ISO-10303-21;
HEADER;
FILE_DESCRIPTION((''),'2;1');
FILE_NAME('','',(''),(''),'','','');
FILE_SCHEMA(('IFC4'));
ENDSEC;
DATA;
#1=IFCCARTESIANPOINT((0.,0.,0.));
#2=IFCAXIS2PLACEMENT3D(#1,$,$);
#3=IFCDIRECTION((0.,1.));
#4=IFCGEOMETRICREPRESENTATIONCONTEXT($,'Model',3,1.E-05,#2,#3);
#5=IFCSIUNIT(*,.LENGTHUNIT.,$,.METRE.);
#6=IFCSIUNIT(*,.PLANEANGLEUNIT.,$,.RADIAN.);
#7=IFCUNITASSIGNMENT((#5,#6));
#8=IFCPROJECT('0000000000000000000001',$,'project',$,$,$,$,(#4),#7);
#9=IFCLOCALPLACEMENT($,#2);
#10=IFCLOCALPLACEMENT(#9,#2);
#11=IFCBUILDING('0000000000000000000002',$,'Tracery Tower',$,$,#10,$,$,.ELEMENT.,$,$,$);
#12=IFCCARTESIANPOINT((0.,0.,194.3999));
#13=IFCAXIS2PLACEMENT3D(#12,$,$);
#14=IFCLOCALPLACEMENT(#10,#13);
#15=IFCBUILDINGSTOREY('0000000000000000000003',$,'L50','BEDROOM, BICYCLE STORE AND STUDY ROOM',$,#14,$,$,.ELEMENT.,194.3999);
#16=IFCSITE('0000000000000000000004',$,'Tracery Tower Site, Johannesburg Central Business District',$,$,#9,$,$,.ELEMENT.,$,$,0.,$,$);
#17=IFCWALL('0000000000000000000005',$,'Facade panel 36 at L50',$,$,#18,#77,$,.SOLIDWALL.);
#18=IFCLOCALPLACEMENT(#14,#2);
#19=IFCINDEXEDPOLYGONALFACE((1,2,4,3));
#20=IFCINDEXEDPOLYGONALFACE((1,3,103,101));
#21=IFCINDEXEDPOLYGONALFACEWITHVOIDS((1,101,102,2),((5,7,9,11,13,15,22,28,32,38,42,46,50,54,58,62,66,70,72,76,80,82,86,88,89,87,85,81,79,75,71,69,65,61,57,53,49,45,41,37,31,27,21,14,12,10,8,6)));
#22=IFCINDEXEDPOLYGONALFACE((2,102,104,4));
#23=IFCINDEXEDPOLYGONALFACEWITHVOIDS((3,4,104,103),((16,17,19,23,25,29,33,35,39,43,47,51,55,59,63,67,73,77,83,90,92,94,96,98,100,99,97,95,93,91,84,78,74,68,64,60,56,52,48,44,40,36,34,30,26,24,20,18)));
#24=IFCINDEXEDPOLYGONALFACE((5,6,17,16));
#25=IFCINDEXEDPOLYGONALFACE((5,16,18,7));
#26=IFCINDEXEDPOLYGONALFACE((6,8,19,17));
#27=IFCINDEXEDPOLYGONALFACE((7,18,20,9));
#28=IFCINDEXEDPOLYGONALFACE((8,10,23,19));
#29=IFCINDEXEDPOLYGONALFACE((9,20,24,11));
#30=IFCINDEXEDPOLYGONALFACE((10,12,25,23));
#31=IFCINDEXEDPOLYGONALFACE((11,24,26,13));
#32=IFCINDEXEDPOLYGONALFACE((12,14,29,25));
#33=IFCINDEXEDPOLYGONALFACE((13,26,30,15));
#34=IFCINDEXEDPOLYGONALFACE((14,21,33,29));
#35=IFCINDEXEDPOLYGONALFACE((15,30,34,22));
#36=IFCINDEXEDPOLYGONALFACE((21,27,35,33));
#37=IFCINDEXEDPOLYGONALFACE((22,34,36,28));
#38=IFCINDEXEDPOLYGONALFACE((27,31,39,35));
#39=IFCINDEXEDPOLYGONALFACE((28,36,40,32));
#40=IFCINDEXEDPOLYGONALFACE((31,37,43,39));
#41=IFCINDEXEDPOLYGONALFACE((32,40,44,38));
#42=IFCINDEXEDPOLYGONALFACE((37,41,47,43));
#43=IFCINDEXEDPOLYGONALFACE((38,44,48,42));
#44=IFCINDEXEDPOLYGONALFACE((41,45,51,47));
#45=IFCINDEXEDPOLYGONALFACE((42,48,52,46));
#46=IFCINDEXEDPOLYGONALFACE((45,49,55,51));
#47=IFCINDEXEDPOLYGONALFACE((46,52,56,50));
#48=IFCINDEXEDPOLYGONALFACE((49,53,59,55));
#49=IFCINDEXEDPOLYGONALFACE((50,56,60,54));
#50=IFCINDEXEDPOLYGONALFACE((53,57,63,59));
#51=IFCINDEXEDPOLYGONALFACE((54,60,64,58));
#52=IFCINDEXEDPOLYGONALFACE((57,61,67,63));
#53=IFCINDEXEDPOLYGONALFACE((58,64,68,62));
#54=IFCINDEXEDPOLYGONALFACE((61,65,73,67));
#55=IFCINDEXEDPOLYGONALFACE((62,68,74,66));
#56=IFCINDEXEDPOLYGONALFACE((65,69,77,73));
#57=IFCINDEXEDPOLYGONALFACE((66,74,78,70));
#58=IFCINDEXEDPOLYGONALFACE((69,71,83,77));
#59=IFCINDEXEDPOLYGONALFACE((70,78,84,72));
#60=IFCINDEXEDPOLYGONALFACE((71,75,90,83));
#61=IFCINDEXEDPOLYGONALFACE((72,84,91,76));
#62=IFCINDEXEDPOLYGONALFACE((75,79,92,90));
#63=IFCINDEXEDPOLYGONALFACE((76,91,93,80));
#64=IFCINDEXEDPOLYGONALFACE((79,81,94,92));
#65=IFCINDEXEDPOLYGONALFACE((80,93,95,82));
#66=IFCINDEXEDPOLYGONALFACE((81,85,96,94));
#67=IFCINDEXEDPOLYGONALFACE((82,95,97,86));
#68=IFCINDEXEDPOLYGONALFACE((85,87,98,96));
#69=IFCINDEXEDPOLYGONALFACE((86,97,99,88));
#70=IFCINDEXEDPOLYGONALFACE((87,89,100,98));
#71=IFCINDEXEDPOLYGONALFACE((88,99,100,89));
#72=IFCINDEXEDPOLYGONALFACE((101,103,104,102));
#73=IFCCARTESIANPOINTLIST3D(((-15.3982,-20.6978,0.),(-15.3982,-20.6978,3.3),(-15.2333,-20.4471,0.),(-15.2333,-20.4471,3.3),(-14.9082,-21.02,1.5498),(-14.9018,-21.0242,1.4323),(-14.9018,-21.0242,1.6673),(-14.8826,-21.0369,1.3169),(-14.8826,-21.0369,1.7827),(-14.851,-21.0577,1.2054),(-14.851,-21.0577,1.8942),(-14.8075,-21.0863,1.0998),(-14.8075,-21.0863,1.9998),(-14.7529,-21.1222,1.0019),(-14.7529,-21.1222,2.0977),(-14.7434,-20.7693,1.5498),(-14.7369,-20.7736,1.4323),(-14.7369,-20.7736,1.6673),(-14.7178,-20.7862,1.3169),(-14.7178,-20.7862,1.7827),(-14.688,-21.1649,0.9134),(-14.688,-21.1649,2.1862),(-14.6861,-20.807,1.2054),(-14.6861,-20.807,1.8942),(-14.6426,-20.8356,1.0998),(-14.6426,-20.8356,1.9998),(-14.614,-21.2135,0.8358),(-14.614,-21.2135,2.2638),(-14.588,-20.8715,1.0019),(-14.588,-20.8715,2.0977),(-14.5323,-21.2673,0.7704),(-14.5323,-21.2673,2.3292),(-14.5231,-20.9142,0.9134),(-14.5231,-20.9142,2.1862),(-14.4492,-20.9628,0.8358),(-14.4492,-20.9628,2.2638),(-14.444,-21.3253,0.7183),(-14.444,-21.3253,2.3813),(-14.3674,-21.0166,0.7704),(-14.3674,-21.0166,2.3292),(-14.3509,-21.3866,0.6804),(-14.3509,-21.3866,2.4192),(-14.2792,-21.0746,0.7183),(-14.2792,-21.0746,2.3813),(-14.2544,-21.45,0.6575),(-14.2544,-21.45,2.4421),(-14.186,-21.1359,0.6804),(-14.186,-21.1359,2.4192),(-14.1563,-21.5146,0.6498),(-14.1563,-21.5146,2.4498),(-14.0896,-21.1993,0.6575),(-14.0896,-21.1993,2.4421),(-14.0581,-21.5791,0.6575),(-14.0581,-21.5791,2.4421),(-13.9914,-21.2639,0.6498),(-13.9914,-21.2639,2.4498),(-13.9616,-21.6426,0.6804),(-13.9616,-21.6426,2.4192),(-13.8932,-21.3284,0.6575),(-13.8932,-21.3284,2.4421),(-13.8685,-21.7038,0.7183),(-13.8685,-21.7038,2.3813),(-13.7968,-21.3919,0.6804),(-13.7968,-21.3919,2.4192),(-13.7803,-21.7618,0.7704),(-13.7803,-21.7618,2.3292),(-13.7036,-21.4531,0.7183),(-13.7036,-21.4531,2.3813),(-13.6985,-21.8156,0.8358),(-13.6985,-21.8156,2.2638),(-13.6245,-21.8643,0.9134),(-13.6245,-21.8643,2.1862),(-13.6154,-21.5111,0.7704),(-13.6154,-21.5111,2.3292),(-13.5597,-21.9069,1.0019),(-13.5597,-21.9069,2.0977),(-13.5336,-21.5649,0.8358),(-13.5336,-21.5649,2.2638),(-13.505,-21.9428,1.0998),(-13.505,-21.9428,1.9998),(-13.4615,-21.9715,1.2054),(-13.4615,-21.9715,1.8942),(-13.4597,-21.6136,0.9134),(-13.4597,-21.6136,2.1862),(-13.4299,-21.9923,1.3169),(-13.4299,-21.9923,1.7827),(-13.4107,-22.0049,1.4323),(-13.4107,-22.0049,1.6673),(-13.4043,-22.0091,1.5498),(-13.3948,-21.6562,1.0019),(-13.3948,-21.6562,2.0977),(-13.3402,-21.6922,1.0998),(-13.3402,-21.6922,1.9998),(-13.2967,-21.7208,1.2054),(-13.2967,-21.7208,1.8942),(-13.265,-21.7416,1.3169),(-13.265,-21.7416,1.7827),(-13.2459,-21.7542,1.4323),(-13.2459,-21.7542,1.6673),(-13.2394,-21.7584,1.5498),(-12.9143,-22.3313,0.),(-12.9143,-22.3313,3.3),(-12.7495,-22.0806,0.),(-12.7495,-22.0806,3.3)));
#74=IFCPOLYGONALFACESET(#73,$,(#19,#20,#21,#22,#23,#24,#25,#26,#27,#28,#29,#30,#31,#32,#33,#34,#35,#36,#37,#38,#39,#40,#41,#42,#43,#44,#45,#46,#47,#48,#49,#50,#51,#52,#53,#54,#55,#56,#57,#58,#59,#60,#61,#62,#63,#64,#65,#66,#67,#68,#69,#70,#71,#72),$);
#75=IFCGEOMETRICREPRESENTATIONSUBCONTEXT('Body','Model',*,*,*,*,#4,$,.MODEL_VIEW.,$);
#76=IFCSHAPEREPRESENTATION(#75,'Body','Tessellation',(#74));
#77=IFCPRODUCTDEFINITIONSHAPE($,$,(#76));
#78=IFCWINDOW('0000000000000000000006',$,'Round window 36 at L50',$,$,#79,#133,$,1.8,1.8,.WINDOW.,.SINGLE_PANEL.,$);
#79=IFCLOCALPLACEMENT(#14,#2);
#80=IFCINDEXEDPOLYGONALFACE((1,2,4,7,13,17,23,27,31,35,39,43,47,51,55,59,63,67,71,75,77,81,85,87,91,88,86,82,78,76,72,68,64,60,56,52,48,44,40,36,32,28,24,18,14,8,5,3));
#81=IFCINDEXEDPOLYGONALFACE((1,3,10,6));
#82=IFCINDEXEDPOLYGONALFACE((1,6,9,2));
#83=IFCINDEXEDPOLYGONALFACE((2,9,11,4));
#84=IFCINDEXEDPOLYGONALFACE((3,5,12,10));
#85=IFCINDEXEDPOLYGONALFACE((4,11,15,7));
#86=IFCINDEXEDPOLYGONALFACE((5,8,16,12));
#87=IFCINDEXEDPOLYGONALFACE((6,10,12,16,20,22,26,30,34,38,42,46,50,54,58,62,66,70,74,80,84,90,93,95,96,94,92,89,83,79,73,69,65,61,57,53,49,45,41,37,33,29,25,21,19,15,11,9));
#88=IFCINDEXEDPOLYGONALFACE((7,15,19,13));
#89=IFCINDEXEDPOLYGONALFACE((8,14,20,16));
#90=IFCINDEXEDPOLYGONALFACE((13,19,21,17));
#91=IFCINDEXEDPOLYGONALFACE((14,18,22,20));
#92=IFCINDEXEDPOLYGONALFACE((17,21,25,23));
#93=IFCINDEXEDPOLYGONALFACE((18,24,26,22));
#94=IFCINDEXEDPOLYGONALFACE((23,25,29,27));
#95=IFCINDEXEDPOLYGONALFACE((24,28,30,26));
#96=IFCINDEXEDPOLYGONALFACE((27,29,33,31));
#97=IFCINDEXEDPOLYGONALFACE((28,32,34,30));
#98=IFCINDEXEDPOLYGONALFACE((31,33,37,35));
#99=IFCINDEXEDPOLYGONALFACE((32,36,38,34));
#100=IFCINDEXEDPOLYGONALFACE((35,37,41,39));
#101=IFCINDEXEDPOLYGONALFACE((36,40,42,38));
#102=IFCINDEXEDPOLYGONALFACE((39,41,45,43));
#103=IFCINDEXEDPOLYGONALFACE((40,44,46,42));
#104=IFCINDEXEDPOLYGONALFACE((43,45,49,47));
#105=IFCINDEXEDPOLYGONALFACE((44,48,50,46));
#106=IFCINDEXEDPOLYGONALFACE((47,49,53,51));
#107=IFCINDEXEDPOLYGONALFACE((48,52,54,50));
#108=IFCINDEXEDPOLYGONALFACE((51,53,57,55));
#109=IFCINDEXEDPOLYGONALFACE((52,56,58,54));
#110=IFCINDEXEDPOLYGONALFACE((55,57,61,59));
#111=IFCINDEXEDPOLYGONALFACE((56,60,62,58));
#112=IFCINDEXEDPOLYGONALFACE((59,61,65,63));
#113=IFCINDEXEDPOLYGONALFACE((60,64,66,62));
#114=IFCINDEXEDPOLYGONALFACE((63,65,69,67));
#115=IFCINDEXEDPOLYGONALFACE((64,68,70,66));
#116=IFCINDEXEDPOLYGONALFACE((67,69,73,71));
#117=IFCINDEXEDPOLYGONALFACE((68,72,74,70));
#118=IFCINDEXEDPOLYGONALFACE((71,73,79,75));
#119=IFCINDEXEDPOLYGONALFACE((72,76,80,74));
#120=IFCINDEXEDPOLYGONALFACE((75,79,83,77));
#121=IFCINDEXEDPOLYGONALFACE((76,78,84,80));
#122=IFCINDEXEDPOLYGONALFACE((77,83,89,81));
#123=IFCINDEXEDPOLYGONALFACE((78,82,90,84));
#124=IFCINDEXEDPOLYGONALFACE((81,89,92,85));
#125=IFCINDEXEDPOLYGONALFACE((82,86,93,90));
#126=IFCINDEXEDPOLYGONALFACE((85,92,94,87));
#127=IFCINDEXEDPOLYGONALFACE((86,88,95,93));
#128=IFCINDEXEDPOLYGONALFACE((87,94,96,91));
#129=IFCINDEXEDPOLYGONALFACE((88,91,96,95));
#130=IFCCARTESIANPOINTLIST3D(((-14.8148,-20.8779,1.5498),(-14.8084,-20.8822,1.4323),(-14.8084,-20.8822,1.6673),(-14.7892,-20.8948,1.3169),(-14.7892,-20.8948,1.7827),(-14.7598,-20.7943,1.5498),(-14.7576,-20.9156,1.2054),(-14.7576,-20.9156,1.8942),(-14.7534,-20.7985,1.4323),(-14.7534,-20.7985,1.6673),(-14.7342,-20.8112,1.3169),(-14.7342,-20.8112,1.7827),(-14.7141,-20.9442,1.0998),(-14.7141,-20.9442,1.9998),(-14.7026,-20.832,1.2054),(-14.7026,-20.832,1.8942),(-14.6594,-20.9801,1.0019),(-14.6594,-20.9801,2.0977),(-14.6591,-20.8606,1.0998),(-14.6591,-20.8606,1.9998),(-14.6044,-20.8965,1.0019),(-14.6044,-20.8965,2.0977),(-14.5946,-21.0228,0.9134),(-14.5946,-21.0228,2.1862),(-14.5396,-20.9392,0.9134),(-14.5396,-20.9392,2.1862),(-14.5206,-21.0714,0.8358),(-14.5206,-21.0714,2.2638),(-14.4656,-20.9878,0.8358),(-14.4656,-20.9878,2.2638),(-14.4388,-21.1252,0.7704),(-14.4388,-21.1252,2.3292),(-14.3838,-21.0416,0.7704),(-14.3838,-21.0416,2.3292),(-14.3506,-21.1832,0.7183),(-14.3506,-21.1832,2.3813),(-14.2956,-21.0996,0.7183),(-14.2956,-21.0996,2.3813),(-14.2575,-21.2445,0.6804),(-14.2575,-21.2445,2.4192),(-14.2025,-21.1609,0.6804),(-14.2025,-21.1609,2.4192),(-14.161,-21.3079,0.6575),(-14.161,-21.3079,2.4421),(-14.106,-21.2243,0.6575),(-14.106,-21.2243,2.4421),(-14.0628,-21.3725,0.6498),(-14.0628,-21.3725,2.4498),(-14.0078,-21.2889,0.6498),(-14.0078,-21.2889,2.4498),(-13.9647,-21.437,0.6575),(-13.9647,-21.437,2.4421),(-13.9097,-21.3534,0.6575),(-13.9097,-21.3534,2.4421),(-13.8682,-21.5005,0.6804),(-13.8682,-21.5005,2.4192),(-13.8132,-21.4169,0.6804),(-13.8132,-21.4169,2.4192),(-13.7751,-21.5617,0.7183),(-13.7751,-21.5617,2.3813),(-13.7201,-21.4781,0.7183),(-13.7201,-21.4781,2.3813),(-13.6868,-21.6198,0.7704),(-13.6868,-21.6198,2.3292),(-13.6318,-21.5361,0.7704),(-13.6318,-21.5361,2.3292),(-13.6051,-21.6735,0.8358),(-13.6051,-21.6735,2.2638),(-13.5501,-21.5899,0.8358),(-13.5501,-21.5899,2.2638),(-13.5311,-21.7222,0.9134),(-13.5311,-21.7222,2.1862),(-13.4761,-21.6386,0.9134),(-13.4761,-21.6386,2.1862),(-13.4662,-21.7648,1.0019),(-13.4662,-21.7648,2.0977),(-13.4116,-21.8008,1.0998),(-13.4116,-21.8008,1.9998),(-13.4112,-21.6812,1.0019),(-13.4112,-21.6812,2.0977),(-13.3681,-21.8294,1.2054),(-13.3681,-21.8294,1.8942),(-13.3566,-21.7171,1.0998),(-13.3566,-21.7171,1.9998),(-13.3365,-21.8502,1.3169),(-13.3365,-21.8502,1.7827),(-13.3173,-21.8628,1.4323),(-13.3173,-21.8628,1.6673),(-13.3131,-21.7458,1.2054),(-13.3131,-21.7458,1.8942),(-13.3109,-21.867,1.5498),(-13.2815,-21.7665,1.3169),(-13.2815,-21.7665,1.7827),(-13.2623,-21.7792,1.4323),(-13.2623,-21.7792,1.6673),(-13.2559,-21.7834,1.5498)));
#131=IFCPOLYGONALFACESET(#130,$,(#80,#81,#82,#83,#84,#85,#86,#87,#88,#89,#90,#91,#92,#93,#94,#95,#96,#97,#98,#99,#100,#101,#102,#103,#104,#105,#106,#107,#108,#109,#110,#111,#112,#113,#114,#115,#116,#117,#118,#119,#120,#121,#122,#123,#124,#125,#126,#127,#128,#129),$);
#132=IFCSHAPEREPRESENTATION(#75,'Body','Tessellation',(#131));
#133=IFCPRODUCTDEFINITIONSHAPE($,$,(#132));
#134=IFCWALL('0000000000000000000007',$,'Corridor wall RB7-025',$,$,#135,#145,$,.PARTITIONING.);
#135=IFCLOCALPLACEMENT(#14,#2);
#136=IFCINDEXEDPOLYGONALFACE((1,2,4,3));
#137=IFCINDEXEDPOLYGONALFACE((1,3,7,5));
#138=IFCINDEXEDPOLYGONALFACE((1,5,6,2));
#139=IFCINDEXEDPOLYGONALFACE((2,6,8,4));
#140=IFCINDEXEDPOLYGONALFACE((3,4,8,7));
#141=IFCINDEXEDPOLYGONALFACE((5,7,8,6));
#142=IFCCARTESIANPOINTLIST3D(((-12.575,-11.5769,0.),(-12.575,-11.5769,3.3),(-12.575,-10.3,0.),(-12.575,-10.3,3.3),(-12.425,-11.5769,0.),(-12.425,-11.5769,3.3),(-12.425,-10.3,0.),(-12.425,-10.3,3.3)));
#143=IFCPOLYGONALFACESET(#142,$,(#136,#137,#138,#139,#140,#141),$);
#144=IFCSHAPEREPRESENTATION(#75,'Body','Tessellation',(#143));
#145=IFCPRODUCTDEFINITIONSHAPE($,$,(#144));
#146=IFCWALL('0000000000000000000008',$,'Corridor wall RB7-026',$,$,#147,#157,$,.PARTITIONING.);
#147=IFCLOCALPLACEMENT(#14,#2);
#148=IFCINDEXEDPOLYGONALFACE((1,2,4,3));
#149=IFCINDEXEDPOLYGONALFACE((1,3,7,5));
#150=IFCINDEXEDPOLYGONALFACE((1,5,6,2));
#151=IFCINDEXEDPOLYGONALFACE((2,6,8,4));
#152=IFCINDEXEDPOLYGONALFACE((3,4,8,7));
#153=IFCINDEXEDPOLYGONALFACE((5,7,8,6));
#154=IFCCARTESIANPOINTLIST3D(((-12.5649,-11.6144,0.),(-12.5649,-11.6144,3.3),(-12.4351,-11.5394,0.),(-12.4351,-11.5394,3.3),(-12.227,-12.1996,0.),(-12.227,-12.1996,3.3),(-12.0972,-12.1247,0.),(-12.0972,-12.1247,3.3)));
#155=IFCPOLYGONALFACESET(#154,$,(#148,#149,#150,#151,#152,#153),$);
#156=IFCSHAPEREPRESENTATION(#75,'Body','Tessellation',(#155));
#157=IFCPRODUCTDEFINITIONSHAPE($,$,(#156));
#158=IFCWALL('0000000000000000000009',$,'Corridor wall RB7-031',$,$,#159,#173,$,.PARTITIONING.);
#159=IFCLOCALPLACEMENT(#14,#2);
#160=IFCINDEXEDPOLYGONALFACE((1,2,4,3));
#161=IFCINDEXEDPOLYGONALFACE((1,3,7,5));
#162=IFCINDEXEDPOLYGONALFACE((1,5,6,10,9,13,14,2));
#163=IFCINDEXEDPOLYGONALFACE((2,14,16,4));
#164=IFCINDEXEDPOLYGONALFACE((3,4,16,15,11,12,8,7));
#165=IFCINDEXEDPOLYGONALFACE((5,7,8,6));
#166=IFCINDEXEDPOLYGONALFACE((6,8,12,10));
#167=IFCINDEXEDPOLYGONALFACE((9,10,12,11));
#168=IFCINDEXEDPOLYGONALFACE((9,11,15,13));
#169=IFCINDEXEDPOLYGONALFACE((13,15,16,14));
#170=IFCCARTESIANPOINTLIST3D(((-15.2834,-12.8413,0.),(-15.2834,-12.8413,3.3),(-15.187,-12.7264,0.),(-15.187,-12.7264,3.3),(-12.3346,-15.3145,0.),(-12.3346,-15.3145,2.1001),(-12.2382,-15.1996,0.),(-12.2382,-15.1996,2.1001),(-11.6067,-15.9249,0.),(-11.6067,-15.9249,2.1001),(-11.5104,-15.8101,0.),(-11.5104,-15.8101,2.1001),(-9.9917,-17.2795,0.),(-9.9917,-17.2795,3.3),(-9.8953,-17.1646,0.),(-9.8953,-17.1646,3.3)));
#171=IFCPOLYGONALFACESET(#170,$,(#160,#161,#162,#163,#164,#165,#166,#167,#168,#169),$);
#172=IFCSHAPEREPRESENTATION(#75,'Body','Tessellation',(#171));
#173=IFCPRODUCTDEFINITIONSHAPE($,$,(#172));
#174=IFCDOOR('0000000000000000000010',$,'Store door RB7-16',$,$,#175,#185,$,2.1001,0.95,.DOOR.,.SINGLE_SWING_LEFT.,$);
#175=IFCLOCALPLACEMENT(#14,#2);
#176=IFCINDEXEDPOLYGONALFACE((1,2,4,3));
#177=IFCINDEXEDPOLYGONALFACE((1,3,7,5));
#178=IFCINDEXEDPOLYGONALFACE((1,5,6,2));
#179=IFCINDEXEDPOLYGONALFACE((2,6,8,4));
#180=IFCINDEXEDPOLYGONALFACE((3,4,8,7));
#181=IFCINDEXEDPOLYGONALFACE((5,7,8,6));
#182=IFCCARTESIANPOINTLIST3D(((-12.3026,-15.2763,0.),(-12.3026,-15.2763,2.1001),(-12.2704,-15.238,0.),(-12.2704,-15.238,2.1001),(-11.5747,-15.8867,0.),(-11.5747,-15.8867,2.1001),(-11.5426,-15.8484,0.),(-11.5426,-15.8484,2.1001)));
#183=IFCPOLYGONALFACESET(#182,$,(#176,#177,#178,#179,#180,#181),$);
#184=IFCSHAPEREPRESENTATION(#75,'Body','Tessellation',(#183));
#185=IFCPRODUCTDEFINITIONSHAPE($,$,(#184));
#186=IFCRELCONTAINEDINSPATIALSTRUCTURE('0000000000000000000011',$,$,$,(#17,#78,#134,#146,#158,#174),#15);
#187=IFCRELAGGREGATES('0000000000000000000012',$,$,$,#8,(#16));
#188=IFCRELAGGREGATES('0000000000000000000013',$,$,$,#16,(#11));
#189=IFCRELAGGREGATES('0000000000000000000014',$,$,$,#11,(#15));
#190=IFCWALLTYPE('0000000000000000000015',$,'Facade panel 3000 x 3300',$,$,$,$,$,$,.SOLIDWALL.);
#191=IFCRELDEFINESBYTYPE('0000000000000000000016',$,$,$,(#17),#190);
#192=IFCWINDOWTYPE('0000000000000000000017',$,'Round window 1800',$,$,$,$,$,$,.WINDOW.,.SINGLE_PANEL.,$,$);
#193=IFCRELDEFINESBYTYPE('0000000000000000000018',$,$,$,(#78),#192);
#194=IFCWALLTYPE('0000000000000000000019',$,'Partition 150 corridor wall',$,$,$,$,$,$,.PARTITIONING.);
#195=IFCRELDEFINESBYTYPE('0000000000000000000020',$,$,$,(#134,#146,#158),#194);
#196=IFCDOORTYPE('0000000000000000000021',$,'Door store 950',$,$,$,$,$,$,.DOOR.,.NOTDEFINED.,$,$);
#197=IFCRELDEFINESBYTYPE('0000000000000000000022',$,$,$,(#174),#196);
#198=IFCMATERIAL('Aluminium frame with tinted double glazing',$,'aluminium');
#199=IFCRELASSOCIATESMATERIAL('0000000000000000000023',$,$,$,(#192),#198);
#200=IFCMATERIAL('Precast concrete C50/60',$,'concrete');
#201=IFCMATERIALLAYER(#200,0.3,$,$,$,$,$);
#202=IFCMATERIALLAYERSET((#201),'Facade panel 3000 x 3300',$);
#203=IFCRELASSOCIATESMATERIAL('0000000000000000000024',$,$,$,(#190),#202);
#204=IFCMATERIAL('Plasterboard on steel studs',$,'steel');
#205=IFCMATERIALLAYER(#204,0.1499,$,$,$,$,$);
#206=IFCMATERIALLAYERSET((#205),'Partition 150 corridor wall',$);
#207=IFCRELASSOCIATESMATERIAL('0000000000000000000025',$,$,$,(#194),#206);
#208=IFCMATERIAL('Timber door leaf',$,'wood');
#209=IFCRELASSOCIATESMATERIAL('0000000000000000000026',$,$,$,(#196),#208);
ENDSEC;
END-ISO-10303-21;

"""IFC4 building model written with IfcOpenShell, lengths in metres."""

from ifc_helpers import new_model, si_unit, direction, frame, frame_2d, origin, origin_2d, place, context, subcontext, project, spatial, rectangle, circle, extrude, material, layer, layer_set, type_object, element, fill, save


model = new_model("IFC4")

# Units and contexts
model_context = context("Model", 3, precision=1e-05, world=origin(), true_north=direction((0.0, 1.0)))
body_context = subcontext(model_context, "Body", "Model", "MODEL_VIEW")
ifc_project = project(units=[si_unit("LENGTHUNIT", "METRE"), si_unit("PLANEANGLEUNIT", "RADIAN")], contexts=[model_context])

# Site, building, storey
site_placement = place(None, origin())
site = spatial("IfcSite", under=ifc_project, at=site_placement, Name="Tracery Tower Site, Johannesburg Central Business District", CompositionType="ELEMENT", RefElevation=0.0)
building_placement = place(site_placement, origin())
building = spatial("IfcBuilding", under=site, at=building_placement, Name="Tracery Tower", CompositionType="ELEMENT")
storey_placement = place(building_placement, frame((0.0, 0.0, 194.3999)))
storey = spatial("IfcBuildingStorey", under=building, at=storey_placement, Name="L50", Description="BEDROOM, BICYCLE STORE AND STUDY ROOM", CompositionType="ELEMENT", Elevation=194.3999)

# Wall, opening, window
ifc_material_1 = material(Name="Aluminium frame with tinted double glazing", Category="aluminium")
window_type = type_object("IfcWindowType", Name="Round window 1800", PartitioningType="SINGLE_PANEL", PredefinedType="WINDOW", material=ifc_material_1)
ifc_material_2 = material(Name="Precast concrete C50/60", Category="concrete")
ifc_layer_1 = layer(ifc_material_2, 0.3)
ifc_layer_set_1 = layer_set([ifc_layer_1], Name="Facade panel 3000 x 3300")
wall_type_1 = type_object("IfcWallType", Name="Facade panel 3000 x 3300", PredefinedType="SOLIDWALL", material=ifc_layer_set_1)
wall_1_placement = place(storey_placement, frame((-15.3157, -20.5725, 0.0), z_axis=(0.0, 0.0, 1.0), x_axis=(0.835508, -0.549478, 0.0)))
wall_1 = element("IfcWall", 1, at=wall_1_placement, inside=storey, type_object=wall_type_1, Name="Facade panel 36 at L50", PredefinedType="SOLIDWALL", context=body_context, shape_type="SweptSolid", body=[
    extrude(rectangle(XDim=2.9729, YDim=0.3, at=frame_2d((1.4863, 0.0))), origin(), (0.0, 0.0, 1.0), 3.3),
])
opening_1_placement = place(wall_1_placement, frame((1.4863, 0.0, 1.5498)))
opening_1 = element("IfcOpeningElement", 2, at=opening_1_placement, cuts=wall_1, PredefinedType="OPENING", context=body_context, shape_type="SweptSolid", body=[
    extrude(circle(Radius=0.9, at=origin_2d()), frame((0.0, 0.1599, 0.0), z_axis=(0.0, -1.0, 0.0), x_axis=(1.0, 0.0, 0.0)), (0.0, 0.0, 1.0), 0.3201),
])
window_1_placement = place(opening_1_placement, origin())
window_1 = element("IfcWindow", 3, at=window_1_placement, inside=storey, type_object=window_type, Name="Round window 36 at L50", OverallHeight=1.8, OverallWidth=1.8, PartitioningType="SINGLE_PANEL", PredefinedType="WINDOW", context=body_context, shape_type="SweptSolid", body=[
    extrude(circle(Radius=0.9, at=origin_2d()), frame((0.0, 0.1201, 0.0), z_axis=(0.0, -1.0, 0.0), x_axis=(1.0, 0.0, 0.0)), (0.0, 0.0, 1.0), 0.1001),
])
fill(opening_1, window_1)

# Walls
ifc_material_3 = material(Name="Plasterboard on steel studs", Category="steel")
ifc_layer_2 = layer(ifc_material_3, 0.1499)
ifc_layer_set_2 = layer_set([ifc_layer_2], Name="Partition 150 corridor wall")
wall_type_2 = type_object("IfcWallType", Name="Partition 150 corridor wall", PredefinedType="PARTITIONING", material=ifc_layer_set_2)
wall_2_placement = place(storey_placement, frame((-12.5, -11.5769, 0.0), z_axis=(0.0, 0.0, 1.0), x_axis=(0.0, 1.0, 0.0)))
element("IfcWall", 4, at=wall_2_placement, inside=storey, type_object=wall_type_2, Name="Corridor wall RB7-025", PredefinedType="PARTITIONING", context=body_context, shape_type="SweptSolid", body=[
    extrude(rectangle(XDim=1.2769, YDim=0.1499, at=frame_2d((0.6384, 0.0))), origin(), (0.0, 0.0, 1.0), 3.3),
])
wall_3_placement = place(storey_placement, frame((-12.5, -11.5769, 0.0), z_axis=(0.0, 0.0, 1.0), x_axis=(0.500025, -0.866011, 0.0)))
element("IfcWall", 5, at=wall_3_placement, inside=storey, type_object=wall_type_2, Name="Corridor wall RB7-026", PredefinedType="PARTITIONING", context=body_context, shape_type="SweptSolid", body=[
    extrude(rectangle(XDim=0.6758, YDim=0.1499, at=frame_2d((0.3379, 0.0))), origin(), (0.0, 0.0, 1.0), 3.3),
])

# Wall, opening, door
wall_4_placement = place(storey_placement, frame((-15.2351, -12.7839, 0.0), z_axis=(0.0, 0.0, 1.0), x_axis=(0.766192, -0.642612, 0.0)))
wall_4 = element("IfcWall", 6, at=wall_4_placement, inside=storey, type_object=wall_type_2, Name="Corridor wall RB7-031", PredefinedType="PARTITIONING", context=body_context, shape_type="SweptSolid", body=[
    extrude(rectangle(XDim=6.9065, YDim=0.1499, at=frame_2d((3.4531, 0.0))), origin(), (0.0, 0.0, 1.0), 3.3),
])
opening_2_placement = place(wall_4_placement, frame((3.8484, 0.0, 0.0)))
opening_2 = element("IfcOpeningElement", 7, at=opening_2_placement, cuts=wall_4, PredefinedType="OPENING", context=body_context, shape_type="SweptSolid", body=[
    extrude(rectangle(XDim=0.95, YDim=2.1001, at=frame_2d((0.4751, 1.05))), frame((0.0, 0.075, 0.0), z_axis=(0.0, -1.0, 0.0), x_axis=(1.0, 0.0, 0.0)), (0.0, 0.0, 1.0), 0.1499),
])
ifc_material_4 = material(Name="Timber door leaf", Category="wood")
door_type = type_object("IfcDoorType", Name="Door store 950", OperationType="NOTDEFINED", PredefinedType="DOOR", material=ifc_material_4)
door_placement = place(opening_2_placement, origin())
door = element("IfcDoor", 8, at=door_placement, inside=storey, type_object=door_type, Name="Store door RB7-16", OperationType="SINGLE_SWING_LEFT", OverallHeight=2.1001, OverallWidth=0.95, PredefinedType="DOOR", context=body_context, shape_type="SweptSolid", body=[
    extrude(rectangle(XDim=0.95, YDim=2.1001, at=frame_2d((0.4751, 1.05))), frame((0.0, 0.0249, 0.0), z_axis=(0.0, -1.0, 0.0), x_axis=(1.0, 0.0, 0.0)), (0.0, 0.0, 1.0), 0.05),
])
fill(opening_2, door)

save(model, "model.ifc")
